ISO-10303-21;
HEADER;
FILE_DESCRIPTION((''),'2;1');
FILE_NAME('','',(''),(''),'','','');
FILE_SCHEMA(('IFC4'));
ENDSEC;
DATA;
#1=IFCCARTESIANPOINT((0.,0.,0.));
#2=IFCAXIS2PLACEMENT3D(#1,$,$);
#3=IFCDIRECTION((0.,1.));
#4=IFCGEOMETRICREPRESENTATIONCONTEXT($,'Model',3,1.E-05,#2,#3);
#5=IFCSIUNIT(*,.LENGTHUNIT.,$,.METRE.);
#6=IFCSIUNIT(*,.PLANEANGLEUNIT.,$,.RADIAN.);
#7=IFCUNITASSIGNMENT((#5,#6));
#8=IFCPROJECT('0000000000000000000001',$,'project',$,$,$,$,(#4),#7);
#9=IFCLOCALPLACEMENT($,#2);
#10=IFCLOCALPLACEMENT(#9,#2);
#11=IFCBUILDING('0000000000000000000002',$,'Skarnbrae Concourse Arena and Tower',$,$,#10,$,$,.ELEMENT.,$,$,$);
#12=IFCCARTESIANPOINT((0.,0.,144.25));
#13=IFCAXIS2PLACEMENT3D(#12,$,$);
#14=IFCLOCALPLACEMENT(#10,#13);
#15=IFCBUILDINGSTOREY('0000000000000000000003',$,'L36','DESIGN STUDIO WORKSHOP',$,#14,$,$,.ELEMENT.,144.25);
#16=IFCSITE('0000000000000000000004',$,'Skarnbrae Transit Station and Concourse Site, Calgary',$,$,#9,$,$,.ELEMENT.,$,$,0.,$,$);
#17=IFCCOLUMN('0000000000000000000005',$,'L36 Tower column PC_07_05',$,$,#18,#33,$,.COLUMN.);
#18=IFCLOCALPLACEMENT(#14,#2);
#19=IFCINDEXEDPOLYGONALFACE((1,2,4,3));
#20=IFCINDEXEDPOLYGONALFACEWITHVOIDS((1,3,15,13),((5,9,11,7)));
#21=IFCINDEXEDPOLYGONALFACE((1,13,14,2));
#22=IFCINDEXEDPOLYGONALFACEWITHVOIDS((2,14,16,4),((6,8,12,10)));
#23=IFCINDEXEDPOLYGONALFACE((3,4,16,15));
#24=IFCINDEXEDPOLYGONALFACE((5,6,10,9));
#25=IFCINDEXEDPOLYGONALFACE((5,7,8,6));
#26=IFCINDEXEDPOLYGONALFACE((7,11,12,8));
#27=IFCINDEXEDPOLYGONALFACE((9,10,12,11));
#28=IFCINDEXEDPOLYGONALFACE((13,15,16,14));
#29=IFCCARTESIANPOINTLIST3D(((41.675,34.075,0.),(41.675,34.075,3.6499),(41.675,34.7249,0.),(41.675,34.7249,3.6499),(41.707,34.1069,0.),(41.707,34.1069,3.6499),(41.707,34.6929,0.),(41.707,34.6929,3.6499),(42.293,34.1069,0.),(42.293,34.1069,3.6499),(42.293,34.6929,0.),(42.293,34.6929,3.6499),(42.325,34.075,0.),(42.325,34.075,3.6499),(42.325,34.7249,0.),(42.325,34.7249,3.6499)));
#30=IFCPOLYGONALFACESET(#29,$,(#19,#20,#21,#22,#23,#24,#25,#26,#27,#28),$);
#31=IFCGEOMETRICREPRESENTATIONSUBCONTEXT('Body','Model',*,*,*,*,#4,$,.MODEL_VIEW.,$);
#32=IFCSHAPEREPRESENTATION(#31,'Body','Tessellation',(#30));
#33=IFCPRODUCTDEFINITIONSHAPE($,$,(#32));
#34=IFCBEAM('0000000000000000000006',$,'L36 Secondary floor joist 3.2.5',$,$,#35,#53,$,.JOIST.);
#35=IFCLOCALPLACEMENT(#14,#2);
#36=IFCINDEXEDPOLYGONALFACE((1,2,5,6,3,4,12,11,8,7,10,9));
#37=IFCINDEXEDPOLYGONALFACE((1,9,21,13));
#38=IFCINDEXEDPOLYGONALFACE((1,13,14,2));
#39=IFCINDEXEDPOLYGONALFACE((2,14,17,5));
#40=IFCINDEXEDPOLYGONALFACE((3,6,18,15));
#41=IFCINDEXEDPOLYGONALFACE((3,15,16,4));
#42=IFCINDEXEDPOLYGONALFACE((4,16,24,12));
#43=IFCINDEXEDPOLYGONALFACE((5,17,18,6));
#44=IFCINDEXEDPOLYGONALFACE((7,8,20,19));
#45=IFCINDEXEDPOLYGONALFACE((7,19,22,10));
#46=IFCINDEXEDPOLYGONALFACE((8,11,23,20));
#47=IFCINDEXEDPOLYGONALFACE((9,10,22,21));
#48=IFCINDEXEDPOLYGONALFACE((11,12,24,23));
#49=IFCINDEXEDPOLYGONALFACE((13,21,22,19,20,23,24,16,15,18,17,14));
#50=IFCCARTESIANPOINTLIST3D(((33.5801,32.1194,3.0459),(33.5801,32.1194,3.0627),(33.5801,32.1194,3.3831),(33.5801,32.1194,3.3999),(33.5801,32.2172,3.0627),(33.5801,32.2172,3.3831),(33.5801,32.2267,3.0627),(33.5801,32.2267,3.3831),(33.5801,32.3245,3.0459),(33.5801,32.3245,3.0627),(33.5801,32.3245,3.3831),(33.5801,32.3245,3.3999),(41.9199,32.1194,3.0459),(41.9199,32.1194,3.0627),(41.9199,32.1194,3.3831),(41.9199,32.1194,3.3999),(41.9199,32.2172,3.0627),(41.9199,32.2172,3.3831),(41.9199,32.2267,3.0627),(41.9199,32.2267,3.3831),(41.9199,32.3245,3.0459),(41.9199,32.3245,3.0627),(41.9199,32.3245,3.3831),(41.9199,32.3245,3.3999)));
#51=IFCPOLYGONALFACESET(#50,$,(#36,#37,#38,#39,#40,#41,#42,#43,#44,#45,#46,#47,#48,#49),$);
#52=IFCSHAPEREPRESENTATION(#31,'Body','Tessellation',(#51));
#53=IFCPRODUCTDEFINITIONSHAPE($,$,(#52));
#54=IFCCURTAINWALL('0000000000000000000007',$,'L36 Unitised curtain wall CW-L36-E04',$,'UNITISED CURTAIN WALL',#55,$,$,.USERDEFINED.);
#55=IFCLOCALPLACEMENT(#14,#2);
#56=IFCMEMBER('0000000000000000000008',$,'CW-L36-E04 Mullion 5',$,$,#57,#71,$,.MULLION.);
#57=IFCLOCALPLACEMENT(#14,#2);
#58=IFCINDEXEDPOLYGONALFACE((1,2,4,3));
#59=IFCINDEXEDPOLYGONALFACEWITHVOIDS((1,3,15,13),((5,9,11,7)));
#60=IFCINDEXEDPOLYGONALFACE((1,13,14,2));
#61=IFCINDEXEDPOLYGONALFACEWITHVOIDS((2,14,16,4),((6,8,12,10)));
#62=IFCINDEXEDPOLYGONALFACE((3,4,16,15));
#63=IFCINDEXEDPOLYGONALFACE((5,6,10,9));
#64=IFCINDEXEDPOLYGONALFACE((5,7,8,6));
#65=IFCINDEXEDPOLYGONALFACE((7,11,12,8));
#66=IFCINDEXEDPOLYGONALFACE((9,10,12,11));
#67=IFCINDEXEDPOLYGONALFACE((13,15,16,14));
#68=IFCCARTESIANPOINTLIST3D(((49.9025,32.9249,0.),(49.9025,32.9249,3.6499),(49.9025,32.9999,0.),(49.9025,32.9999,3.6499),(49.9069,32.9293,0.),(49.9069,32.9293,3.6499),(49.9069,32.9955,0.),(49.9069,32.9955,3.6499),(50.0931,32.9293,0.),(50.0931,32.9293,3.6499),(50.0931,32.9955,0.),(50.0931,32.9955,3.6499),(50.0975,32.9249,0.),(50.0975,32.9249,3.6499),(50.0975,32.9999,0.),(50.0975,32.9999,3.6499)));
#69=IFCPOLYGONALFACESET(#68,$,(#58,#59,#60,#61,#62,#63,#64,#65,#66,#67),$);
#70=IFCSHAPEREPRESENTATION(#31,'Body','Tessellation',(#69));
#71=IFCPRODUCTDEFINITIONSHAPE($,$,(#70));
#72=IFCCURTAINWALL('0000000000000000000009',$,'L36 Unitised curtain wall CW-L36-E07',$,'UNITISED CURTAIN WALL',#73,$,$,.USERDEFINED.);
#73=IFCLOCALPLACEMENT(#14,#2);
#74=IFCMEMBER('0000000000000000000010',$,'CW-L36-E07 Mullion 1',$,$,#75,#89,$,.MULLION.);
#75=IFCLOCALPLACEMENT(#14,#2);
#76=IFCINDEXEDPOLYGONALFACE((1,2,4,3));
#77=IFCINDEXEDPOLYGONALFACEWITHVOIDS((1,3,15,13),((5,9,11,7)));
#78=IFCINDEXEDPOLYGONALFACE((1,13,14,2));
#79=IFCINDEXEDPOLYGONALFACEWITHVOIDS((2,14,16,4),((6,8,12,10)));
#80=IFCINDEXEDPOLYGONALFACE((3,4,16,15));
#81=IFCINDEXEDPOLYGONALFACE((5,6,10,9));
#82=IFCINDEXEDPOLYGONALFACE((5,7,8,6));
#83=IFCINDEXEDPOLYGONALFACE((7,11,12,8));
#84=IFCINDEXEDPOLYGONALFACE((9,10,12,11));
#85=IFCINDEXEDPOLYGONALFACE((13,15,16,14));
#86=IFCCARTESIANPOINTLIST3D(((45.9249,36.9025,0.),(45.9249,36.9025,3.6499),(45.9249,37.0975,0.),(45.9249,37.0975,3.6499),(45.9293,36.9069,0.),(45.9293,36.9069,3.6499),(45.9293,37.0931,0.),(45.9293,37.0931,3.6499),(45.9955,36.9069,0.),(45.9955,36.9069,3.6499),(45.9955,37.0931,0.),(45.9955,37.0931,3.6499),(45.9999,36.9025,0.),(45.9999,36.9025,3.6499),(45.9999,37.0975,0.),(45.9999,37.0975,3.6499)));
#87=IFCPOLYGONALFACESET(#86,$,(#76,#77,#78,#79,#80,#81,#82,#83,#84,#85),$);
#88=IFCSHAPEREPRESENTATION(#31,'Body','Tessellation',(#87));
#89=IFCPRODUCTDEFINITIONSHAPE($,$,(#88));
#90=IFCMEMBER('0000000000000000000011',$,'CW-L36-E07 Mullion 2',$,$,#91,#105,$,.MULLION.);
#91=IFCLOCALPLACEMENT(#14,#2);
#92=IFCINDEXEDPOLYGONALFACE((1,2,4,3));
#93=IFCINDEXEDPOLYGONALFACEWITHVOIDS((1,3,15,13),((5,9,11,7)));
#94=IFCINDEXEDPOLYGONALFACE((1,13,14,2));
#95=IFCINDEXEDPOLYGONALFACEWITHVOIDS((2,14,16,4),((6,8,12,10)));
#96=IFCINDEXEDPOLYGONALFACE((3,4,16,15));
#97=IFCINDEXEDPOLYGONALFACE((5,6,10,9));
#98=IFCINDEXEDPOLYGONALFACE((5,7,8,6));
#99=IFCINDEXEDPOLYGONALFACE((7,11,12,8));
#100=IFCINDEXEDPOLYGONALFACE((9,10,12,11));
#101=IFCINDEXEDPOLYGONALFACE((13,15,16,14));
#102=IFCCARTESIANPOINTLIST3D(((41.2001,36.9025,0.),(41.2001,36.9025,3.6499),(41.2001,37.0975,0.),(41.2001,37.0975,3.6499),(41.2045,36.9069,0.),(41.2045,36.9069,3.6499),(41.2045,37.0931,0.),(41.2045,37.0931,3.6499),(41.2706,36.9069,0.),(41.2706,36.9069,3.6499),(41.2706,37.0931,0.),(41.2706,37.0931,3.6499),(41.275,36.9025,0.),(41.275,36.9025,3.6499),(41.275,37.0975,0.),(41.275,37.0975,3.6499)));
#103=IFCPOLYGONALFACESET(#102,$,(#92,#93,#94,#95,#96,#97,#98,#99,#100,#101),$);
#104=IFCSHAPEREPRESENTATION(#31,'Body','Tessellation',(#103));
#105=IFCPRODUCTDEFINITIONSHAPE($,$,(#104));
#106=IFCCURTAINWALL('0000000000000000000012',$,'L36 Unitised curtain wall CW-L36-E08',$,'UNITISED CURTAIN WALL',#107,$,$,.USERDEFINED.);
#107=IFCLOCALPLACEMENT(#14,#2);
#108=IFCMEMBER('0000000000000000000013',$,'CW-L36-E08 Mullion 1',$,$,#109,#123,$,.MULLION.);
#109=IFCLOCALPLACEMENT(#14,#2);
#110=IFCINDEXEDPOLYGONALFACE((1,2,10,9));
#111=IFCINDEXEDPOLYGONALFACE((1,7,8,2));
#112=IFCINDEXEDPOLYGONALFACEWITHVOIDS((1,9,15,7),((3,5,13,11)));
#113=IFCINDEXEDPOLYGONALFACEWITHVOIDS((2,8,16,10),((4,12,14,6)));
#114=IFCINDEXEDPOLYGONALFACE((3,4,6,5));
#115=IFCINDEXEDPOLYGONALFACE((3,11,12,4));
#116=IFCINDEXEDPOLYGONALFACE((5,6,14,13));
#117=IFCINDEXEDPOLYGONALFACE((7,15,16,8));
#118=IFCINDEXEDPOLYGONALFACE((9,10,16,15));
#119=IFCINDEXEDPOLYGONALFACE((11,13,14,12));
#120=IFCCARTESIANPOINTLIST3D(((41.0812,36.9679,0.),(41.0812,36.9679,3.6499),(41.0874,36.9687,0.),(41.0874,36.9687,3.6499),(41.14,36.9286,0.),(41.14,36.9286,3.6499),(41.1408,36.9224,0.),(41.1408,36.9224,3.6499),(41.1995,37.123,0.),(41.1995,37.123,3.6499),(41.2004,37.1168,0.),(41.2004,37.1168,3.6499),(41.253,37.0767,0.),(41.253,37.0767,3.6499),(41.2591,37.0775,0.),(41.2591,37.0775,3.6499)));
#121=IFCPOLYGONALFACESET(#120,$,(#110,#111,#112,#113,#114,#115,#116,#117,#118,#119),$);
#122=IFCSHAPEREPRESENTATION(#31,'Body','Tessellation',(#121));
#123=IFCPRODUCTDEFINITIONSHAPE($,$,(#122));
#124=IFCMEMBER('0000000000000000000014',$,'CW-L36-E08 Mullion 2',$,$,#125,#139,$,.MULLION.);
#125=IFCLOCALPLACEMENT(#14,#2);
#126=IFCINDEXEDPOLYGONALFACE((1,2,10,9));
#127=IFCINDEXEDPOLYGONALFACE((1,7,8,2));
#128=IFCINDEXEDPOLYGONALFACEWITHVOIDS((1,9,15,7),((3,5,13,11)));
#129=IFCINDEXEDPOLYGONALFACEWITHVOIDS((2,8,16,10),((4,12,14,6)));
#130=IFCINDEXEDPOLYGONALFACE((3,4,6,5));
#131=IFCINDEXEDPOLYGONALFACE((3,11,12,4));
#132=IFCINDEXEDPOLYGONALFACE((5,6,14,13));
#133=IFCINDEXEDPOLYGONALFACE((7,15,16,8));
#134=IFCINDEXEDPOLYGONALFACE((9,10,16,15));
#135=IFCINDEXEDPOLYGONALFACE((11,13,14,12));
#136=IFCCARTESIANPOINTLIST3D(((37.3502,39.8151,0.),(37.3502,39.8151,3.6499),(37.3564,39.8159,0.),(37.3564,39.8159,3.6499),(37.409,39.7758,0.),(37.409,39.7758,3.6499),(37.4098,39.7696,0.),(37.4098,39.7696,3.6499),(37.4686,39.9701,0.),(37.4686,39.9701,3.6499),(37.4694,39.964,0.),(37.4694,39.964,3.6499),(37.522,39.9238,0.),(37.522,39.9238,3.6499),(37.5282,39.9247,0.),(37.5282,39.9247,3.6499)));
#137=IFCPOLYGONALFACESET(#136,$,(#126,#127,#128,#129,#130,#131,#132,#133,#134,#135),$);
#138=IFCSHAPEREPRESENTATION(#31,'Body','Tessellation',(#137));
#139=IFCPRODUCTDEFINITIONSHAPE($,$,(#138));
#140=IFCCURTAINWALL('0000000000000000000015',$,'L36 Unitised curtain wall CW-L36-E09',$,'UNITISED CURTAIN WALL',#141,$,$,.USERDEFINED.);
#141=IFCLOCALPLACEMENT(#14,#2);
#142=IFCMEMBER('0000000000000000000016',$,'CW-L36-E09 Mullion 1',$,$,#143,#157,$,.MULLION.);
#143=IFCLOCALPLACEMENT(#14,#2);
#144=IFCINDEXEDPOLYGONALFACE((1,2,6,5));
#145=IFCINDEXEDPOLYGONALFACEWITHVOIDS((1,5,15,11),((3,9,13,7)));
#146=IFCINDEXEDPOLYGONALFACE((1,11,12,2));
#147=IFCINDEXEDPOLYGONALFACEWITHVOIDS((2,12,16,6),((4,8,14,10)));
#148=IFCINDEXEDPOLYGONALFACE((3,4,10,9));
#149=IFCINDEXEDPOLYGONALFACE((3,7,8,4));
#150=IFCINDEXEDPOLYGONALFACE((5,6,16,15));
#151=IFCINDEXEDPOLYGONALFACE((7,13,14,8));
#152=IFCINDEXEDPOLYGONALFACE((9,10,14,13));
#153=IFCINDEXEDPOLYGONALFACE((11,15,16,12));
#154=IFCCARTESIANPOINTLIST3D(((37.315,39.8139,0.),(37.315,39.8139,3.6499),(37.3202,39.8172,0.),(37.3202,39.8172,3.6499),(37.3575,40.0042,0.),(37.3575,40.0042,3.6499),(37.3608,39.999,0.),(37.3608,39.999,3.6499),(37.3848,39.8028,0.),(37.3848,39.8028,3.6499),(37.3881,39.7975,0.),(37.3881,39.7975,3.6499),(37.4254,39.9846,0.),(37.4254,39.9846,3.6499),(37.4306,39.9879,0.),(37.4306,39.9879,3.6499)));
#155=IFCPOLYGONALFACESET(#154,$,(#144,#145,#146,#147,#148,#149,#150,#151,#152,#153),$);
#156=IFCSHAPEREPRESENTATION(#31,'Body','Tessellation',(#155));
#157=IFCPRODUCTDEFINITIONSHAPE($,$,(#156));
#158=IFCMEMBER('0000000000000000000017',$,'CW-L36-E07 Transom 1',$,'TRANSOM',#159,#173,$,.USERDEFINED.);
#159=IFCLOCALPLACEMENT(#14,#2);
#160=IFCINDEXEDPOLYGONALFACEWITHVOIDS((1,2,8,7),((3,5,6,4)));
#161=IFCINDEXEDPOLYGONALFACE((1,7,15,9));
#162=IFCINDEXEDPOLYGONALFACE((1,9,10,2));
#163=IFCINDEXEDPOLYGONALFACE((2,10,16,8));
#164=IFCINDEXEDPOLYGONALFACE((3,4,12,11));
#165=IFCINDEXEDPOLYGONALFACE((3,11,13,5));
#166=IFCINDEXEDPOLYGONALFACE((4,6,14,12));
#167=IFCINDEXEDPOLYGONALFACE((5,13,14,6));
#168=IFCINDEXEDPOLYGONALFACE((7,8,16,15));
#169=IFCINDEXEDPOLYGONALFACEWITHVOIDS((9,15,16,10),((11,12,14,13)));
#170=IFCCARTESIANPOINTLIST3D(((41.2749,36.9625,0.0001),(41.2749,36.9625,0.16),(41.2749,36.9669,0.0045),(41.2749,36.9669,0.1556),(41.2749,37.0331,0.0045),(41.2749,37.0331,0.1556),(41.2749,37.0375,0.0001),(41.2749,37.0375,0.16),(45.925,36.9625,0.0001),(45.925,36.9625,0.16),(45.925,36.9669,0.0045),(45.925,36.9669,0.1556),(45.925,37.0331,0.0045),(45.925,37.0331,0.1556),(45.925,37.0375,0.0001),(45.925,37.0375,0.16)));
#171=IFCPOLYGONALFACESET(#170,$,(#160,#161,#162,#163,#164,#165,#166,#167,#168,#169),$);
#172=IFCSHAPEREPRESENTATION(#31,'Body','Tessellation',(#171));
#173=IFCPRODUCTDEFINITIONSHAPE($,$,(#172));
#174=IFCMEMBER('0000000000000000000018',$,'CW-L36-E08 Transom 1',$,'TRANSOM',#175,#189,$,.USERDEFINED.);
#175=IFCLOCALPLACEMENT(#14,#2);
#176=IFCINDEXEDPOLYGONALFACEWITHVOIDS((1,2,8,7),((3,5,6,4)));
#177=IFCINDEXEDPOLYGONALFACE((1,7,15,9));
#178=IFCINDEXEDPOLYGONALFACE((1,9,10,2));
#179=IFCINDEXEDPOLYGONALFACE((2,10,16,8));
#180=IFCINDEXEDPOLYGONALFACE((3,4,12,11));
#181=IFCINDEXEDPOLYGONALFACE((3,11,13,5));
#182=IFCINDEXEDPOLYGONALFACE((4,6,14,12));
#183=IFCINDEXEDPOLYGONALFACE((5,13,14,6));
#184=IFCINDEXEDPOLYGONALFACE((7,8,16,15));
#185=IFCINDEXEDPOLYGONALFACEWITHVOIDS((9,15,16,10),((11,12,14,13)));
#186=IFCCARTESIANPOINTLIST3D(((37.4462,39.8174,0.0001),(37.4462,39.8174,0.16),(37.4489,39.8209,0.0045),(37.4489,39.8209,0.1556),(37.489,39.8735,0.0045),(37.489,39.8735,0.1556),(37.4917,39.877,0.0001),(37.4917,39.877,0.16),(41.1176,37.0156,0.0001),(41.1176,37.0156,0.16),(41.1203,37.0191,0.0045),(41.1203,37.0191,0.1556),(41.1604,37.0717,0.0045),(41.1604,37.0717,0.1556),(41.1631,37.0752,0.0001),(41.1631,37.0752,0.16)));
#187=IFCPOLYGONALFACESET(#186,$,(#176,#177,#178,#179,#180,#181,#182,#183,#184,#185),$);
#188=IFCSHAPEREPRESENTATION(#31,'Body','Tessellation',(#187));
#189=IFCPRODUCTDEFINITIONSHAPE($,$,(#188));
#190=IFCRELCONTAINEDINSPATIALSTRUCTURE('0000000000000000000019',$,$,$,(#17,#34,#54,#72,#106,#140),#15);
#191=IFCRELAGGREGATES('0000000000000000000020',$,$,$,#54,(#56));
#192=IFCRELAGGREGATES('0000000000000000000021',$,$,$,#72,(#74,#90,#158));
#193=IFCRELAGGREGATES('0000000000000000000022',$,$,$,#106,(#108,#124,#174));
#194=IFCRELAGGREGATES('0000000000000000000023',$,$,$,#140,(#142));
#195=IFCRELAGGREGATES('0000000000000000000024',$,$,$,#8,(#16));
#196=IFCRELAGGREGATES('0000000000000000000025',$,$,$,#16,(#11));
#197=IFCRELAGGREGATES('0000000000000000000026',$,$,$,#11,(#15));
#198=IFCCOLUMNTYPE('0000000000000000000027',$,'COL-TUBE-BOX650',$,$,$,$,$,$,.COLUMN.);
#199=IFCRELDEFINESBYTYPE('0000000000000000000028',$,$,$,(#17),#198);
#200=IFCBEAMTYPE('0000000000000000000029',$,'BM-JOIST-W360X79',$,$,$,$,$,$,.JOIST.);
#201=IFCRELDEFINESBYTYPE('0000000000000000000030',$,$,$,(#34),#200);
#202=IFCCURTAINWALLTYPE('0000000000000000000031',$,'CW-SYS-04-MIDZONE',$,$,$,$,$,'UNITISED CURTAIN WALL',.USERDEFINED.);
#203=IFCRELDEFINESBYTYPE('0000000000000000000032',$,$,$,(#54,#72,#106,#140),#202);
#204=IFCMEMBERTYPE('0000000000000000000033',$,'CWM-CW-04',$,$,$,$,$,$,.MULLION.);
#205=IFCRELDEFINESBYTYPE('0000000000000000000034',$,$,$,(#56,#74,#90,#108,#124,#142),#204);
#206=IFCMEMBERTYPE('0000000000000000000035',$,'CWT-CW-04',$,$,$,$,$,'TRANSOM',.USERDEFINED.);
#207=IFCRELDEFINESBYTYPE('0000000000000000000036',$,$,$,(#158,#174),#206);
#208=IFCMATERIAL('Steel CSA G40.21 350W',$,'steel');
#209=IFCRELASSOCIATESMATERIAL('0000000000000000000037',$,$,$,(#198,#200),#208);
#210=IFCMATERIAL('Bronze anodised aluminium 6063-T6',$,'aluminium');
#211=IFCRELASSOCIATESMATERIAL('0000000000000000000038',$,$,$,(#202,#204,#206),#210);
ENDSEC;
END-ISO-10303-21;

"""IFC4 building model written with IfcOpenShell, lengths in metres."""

from ifc_helpers import new_model, si_unit, direction, frame, origin, origin_2d, place, context, subcontext, project, spatial, hollow_rectangle, i_section, extrude, source, transform, mapped, material, material_profile, profile_set, type_object, element, aggregate, save


model = new_model("IFC4")

# Units and contexts
model_context = context("Model", 3, precision=1e-05, world=origin(), true_north=direction((0.0, 1.0)))
body_context = subcontext(model_context, "Body", "Model", "MODEL_VIEW")
ifc_project = project(units=[si_unit("LENGTHUNIT", "METRE"), si_unit("PLANEANGLEUNIT", "RADIAN")], contexts=[model_context])

# Site, building, storey
site_placement = place(None, origin())
site = spatial("IfcSite", under=ifc_project, at=site_placement, Name="Skarnbrae Transit Station and Concourse Site, Calgary", CompositionType="ELEMENT", RefElevation=0.0)
building_placement = place(site_placement, origin())
building = spatial("IfcBuilding", under=site, at=building_placement, Name="Skarnbrae Concourse Arena and Tower", CompositionType="ELEMENT")
storey_placement = place(building_placement, frame((0.0, 0.0, 144.25)))
storey = spatial("IfcBuildingStorey", under=building, at=storey_placement, Name="L36", Description="DESIGN STUDIO WORKSHOP", CompositionType="ELEMENT", Elevation=144.25)

# Column
ifc_material_1 = material(Name="Steel CSA G40.21 350W", Category="steel")
ifc_material_profile_1 = material_profile(ifc_material_1, hollow_rectangle(XDim=0.6499, YDim=0.6499, WallThickness=0.032, at=origin_2d()), Name="BOX650X650X32")
ifc_profile_set_1 = profile_set([ifc_material_profile_1], Name="Steel CSA G40.21 350W")
column_type = type_object("IfcColumnType", Name="COL-TUBE-BOX650", PredefinedType="COLUMN", material=ifc_profile_set_1)
shared_shape_1 = source(origin(), body_context, "Body", "SweptSolid", [
    extrude(hollow_rectangle(XDim=0.6499, YDim=0.6499, WallThickness=0.032, at=origin_2d()), origin(), (0.0, 0.0, 1.0), 3.6499),
])
column_placement = place(storey_placement, frame((42.0, 34.3999, 0.0), z_axis=(0.0, 0.0, 1.0), x_axis=(1.0, 0.0, 0.0)))
element("IfcColumn", 1, at=column_placement, inside=storey, type_object=column_type, Name="L36 Tower column PC_07_05", PredefinedType="COLUMN", context=body_context, shape_type="MappedRepresentation", body=[
    mapped(shared_shape_1, transform((0.0, 0.0, 0.0))),
])

# Beam
ifc_material_profile_2 = material_profile(ifc_material_1, i_section(OverallWidth=0.2051, OverallDepth=0.354, WebThickness=0.0095, FlangeThickness=0.0168, at=origin_2d()), Name="W360X79")
ifc_profile_set_2 = profile_set([ifc_material_profile_2], Name="Steel CSA G40.21 350W")
beam_type = type_object("IfcBeamType", Name="BM-JOIST-W360X79", PredefinedType="JOIST", material=ifc_profile_set_2)
shared_shape_2 = source(origin(), body_context, "Body", "SweptSolid", [
    extrude(i_section(OverallWidth=0.2051, OverallDepth=0.354, WebThickness=0.0095, FlangeThickness=0.0168, at=origin_2d()), origin(), (0.0, 0.0, 1.0), 8.3398),
])
beam_placement = place(storey_placement, frame((33.5801, 32.2219, 3.2229), z_axis=(1.0, 0.0, 0.0), x_axis=(0.0, 1.0, 0.0)))
element("IfcBeam", 2, at=beam_placement, inside=storey, type_object=beam_type, Name="L36 Secondary floor joist 3.2.5", PredefinedType="JOIST", context=body_context, shape_type="MappedRepresentation", body=[
    mapped(shared_shape_2, transform((0.0, 0.0, 0.0))),
])

# Curtain wall, member
ifc_material_2 = material(Name="Bronze anodised aluminium 6063-T6", Category="aluminium")
curtain_wall_type = type_object("IfcCurtainWallType", Name="CW-SYS-04-MIDZONE", ElementType="UNITISED CURTAIN WALL", PredefinedType="USERDEFINED", material=ifc_material_2)
curtain_wall_1_placement = place(storey_placement, origin())
curtain_wall_1 = element("IfcCurtainWall", 3, at=curtain_wall_1_placement, inside=storey, type_object=curtain_wall_type, Name="L36 Unitised curtain wall CW-L36-E04", ObjectType="UNITISED CURTAIN WALL", PredefinedType="USERDEFINED")
ifc_material_profile_3 = material_profile(ifc_material_2, hollow_rectangle(XDim=0.075, YDim=0.1951, WallThickness=0.0044, at=origin_2d()), Name="ALU-MULL-75X195")
ifc_profile_set_3 = profile_set([ifc_material_profile_3], Name="Bronze anodised aluminium 6063-T6")
member_type_1 = type_object("IfcMemberType", Name="CWM-CW-04", PredefinedType="MULLION", material=ifc_profile_set_3)
shared_shape_3 = source(origin(), body_context, "Body", "SweptSolid", [
    extrude(hollow_rectangle(XDim=0.075, YDim=0.1951, WallThickness=0.0044, at=origin_2d()), origin(), (0.0, 0.0, 1.0), 3.6499),
])
member_1_placement = place(storey_placement, frame((50.0, 32.9624, 0.0), z_axis=(0.0, 0.0, 1.0), x_axis=(0.0, 1.0, 0.0)))
member_1 = element("IfcMember", 4, at=member_1_placement, type_object=member_type_1, Name="CW-L36-E04 Mullion 5", PredefinedType="MULLION", context=body_context, shape_type="MappedRepresentation", body=[
    mapped(shared_shape_3, transform((0.0, 0.0, 0.0))),
])
aggregate(curtain_wall_1, [member_1])

# Curtain walls, members
curtain_wall_2_placement = place(storey_placement, origin())
curtain_wall_2 = element("IfcCurtainWall", 5, at=curtain_wall_2_placement, inside=storey, type_object=curtain_wall_type, Name="L36 Unitised curtain wall CW-L36-E07", ObjectType="UNITISED CURTAIN WALL", PredefinedType="USERDEFINED")
member_2_placement = place(storey_placement, frame((45.9624, 37.0, 0.0), z_axis=(0.0, 0.0, 1.0), x_axis=(-1.0, 0.0, 0.0)))
member_2 = element("IfcMember", 6, at=member_2_placement, type_object=member_type_1, Name="CW-L36-E07 Mullion 1", PredefinedType="MULLION", context=body_context, shape_type="MappedRepresentation", body=[
    mapped(shared_shape_3, transform((0.0, 0.0, 0.0))),
])
member_3_placement = place(storey_placement, frame((41.2375, 37.0, 0.0), z_axis=(0.0, 0.0, 1.0), x_axis=(-1.0, 0.0, 0.0)))
member_3 = element("IfcMember", 7, at=member_3_placement, type_object=member_type_1, Name="CW-L36-E07 Mullion 2", PredefinedType="MULLION", context=body_context, shape_type="MappedRepresentation", body=[
    mapped(shared_shape_3, transform((0.0, 0.0, 0.0))),
])
curtain_wall_3_placement = place(storey_placement, origin())
curtain_wall_3 = element("IfcCurtainWall", 8, at=curtain_wall_3_placement, inside=storey, type_object=curtain_wall_type, Name="L36 Unitised curtain wall CW-L36-E08", ObjectType="UNITISED CURTAIN WALL", PredefinedType="USERDEFINED")
member_4_placement = place(storey_placement, frame((41.1702, 37.0227, 0.0), z_axis=(0.0, 0.0, 1.0), x_axis=(-0.794956, 0.606667, 0.0)))
member_4 = element("IfcMember", 9, at=member_4_placement, type_object=member_type_1, Name="CW-L36-E08 Mullion 1", PredefinedType="MULLION", context=body_context, shape_type="MappedRepresentation", body=[
    mapped(shared_shape_3, transform((0.0, 0.0, 0.0))),
])
member_5_placement = place(storey_placement, frame((37.4392, 39.8699, 0.0), z_axis=(0.0, 0.0, 1.0), x_axis=(-0.794956, 0.606667, 0.0)))
member_5 = element("IfcMember", 10, at=member_5_placement, type_object=member_type_1, Name="CW-L36-E08 Mullion 2", PredefinedType="MULLION", context=body_context, shape_type="MappedRepresentation", body=[
    mapped(shared_shape_3, transform((0.0, 0.0, 0.0))),
])

# Curtain wall, member
curtain_wall_4_placement = place(storey_placement, origin())
curtain_wall_4 = element("IfcCurtainWall", 11, at=curtain_wall_4_placement, inside=storey, type_object=curtain_wall_type, Name="L36 Unitised curtain wall CW-L36-E09", ObjectType="UNITISED CURTAIN WALL", PredefinedType="USERDEFINED")
member_6_placement = place(storey_placement, frame((37.3728, 39.9009, 0.0), z_axis=(0.0, 0.0, 1.0), x_axis=(-0.975936, 0.218056, 0.0)))
member_6 = element("IfcMember", 12, at=member_6_placement, type_object=member_type_1, Name="CW-L36-E09 Mullion 1", PredefinedType="MULLION", context=body_context, shape_type="MappedRepresentation", body=[
    mapped(shared_shape_3, transform((0.0, 0.0, 0.0))),
])

# Members
ifc_material_profile_4 = material_profile(ifc_material_2, hollow_rectangle(XDim=0.075, YDim=0.1599, WallThickness=0.0044, at=origin_2d()), Name="ALU-TRAN-75X160")
ifc_profile_set_4 = profile_set([ifc_material_profile_4], Name="Bronze anodised aluminium 6063-T6")
member_type_2 = type_object("IfcMemberType", Name="CWT-CW-04", ElementType="TRANSOM", PredefinedType="USERDEFINED", material=ifc_profile_set_4)
shared_shape_4 = source(origin(), body_context, "Body", "SweptSolid", [
    extrude(hollow_rectangle(XDim=0.075, YDim=0.1599, WallThickness=0.0044, at=origin_2d()), origin(), (0.0, 0.0, 1.0), 4.6501),
])
member_7_placement = place(storey_placement, frame((45.925, 37.0, 0.0801), z_axis=(-1.0, 0.0, 0.0), x_axis=(0.0, -1.0, 0.0)))
member_7 = element("IfcMember", 13, at=member_7_placement, type_object=member_type_2, Name="CW-L36-E07 Transom 1", ObjectType="TRANSOM", PredefinedType="USERDEFINED", context=body_context, shape_type="MappedRepresentation", body=[
    mapped(shared_shape_4, transform((0.0, 0.0, 0.0))),
])
shared_shape_5 = source(origin(), body_context, "Body", "SweptSolid", [
    extrude(hollow_rectangle(XDim=0.075, YDim=0.1599, WallThickness=0.0044, at=origin_2d()), origin(), (0.0, 0.0, 1.0), 4.6184),
])
member_8_placement = place(storey_placement, frame((41.1404, 37.0454, 0.0801), z_axis=(-0.794961, 0.606661, 0.0), x_axis=(-0.606661, -0.794961, 0.0)))
member_8 = element("IfcMember", 14, at=member_8_placement, type_object=member_type_2, Name="CW-L36-E08 Transom 1", ObjectType="TRANSOM", PredefinedType="USERDEFINED", context=body_context, shape_type="MappedRepresentation", body=[
    mapped(shared_shape_5, transform((0.0, 0.0, 0.0))),
])

aggregate(curtain_wall_2, [member_2, member_3, member_7])
aggregate(curtain_wall_3, [member_4, member_5, member_8])
aggregate(curtain_wall_4, [member_6])

save(model, "model.ifc")
